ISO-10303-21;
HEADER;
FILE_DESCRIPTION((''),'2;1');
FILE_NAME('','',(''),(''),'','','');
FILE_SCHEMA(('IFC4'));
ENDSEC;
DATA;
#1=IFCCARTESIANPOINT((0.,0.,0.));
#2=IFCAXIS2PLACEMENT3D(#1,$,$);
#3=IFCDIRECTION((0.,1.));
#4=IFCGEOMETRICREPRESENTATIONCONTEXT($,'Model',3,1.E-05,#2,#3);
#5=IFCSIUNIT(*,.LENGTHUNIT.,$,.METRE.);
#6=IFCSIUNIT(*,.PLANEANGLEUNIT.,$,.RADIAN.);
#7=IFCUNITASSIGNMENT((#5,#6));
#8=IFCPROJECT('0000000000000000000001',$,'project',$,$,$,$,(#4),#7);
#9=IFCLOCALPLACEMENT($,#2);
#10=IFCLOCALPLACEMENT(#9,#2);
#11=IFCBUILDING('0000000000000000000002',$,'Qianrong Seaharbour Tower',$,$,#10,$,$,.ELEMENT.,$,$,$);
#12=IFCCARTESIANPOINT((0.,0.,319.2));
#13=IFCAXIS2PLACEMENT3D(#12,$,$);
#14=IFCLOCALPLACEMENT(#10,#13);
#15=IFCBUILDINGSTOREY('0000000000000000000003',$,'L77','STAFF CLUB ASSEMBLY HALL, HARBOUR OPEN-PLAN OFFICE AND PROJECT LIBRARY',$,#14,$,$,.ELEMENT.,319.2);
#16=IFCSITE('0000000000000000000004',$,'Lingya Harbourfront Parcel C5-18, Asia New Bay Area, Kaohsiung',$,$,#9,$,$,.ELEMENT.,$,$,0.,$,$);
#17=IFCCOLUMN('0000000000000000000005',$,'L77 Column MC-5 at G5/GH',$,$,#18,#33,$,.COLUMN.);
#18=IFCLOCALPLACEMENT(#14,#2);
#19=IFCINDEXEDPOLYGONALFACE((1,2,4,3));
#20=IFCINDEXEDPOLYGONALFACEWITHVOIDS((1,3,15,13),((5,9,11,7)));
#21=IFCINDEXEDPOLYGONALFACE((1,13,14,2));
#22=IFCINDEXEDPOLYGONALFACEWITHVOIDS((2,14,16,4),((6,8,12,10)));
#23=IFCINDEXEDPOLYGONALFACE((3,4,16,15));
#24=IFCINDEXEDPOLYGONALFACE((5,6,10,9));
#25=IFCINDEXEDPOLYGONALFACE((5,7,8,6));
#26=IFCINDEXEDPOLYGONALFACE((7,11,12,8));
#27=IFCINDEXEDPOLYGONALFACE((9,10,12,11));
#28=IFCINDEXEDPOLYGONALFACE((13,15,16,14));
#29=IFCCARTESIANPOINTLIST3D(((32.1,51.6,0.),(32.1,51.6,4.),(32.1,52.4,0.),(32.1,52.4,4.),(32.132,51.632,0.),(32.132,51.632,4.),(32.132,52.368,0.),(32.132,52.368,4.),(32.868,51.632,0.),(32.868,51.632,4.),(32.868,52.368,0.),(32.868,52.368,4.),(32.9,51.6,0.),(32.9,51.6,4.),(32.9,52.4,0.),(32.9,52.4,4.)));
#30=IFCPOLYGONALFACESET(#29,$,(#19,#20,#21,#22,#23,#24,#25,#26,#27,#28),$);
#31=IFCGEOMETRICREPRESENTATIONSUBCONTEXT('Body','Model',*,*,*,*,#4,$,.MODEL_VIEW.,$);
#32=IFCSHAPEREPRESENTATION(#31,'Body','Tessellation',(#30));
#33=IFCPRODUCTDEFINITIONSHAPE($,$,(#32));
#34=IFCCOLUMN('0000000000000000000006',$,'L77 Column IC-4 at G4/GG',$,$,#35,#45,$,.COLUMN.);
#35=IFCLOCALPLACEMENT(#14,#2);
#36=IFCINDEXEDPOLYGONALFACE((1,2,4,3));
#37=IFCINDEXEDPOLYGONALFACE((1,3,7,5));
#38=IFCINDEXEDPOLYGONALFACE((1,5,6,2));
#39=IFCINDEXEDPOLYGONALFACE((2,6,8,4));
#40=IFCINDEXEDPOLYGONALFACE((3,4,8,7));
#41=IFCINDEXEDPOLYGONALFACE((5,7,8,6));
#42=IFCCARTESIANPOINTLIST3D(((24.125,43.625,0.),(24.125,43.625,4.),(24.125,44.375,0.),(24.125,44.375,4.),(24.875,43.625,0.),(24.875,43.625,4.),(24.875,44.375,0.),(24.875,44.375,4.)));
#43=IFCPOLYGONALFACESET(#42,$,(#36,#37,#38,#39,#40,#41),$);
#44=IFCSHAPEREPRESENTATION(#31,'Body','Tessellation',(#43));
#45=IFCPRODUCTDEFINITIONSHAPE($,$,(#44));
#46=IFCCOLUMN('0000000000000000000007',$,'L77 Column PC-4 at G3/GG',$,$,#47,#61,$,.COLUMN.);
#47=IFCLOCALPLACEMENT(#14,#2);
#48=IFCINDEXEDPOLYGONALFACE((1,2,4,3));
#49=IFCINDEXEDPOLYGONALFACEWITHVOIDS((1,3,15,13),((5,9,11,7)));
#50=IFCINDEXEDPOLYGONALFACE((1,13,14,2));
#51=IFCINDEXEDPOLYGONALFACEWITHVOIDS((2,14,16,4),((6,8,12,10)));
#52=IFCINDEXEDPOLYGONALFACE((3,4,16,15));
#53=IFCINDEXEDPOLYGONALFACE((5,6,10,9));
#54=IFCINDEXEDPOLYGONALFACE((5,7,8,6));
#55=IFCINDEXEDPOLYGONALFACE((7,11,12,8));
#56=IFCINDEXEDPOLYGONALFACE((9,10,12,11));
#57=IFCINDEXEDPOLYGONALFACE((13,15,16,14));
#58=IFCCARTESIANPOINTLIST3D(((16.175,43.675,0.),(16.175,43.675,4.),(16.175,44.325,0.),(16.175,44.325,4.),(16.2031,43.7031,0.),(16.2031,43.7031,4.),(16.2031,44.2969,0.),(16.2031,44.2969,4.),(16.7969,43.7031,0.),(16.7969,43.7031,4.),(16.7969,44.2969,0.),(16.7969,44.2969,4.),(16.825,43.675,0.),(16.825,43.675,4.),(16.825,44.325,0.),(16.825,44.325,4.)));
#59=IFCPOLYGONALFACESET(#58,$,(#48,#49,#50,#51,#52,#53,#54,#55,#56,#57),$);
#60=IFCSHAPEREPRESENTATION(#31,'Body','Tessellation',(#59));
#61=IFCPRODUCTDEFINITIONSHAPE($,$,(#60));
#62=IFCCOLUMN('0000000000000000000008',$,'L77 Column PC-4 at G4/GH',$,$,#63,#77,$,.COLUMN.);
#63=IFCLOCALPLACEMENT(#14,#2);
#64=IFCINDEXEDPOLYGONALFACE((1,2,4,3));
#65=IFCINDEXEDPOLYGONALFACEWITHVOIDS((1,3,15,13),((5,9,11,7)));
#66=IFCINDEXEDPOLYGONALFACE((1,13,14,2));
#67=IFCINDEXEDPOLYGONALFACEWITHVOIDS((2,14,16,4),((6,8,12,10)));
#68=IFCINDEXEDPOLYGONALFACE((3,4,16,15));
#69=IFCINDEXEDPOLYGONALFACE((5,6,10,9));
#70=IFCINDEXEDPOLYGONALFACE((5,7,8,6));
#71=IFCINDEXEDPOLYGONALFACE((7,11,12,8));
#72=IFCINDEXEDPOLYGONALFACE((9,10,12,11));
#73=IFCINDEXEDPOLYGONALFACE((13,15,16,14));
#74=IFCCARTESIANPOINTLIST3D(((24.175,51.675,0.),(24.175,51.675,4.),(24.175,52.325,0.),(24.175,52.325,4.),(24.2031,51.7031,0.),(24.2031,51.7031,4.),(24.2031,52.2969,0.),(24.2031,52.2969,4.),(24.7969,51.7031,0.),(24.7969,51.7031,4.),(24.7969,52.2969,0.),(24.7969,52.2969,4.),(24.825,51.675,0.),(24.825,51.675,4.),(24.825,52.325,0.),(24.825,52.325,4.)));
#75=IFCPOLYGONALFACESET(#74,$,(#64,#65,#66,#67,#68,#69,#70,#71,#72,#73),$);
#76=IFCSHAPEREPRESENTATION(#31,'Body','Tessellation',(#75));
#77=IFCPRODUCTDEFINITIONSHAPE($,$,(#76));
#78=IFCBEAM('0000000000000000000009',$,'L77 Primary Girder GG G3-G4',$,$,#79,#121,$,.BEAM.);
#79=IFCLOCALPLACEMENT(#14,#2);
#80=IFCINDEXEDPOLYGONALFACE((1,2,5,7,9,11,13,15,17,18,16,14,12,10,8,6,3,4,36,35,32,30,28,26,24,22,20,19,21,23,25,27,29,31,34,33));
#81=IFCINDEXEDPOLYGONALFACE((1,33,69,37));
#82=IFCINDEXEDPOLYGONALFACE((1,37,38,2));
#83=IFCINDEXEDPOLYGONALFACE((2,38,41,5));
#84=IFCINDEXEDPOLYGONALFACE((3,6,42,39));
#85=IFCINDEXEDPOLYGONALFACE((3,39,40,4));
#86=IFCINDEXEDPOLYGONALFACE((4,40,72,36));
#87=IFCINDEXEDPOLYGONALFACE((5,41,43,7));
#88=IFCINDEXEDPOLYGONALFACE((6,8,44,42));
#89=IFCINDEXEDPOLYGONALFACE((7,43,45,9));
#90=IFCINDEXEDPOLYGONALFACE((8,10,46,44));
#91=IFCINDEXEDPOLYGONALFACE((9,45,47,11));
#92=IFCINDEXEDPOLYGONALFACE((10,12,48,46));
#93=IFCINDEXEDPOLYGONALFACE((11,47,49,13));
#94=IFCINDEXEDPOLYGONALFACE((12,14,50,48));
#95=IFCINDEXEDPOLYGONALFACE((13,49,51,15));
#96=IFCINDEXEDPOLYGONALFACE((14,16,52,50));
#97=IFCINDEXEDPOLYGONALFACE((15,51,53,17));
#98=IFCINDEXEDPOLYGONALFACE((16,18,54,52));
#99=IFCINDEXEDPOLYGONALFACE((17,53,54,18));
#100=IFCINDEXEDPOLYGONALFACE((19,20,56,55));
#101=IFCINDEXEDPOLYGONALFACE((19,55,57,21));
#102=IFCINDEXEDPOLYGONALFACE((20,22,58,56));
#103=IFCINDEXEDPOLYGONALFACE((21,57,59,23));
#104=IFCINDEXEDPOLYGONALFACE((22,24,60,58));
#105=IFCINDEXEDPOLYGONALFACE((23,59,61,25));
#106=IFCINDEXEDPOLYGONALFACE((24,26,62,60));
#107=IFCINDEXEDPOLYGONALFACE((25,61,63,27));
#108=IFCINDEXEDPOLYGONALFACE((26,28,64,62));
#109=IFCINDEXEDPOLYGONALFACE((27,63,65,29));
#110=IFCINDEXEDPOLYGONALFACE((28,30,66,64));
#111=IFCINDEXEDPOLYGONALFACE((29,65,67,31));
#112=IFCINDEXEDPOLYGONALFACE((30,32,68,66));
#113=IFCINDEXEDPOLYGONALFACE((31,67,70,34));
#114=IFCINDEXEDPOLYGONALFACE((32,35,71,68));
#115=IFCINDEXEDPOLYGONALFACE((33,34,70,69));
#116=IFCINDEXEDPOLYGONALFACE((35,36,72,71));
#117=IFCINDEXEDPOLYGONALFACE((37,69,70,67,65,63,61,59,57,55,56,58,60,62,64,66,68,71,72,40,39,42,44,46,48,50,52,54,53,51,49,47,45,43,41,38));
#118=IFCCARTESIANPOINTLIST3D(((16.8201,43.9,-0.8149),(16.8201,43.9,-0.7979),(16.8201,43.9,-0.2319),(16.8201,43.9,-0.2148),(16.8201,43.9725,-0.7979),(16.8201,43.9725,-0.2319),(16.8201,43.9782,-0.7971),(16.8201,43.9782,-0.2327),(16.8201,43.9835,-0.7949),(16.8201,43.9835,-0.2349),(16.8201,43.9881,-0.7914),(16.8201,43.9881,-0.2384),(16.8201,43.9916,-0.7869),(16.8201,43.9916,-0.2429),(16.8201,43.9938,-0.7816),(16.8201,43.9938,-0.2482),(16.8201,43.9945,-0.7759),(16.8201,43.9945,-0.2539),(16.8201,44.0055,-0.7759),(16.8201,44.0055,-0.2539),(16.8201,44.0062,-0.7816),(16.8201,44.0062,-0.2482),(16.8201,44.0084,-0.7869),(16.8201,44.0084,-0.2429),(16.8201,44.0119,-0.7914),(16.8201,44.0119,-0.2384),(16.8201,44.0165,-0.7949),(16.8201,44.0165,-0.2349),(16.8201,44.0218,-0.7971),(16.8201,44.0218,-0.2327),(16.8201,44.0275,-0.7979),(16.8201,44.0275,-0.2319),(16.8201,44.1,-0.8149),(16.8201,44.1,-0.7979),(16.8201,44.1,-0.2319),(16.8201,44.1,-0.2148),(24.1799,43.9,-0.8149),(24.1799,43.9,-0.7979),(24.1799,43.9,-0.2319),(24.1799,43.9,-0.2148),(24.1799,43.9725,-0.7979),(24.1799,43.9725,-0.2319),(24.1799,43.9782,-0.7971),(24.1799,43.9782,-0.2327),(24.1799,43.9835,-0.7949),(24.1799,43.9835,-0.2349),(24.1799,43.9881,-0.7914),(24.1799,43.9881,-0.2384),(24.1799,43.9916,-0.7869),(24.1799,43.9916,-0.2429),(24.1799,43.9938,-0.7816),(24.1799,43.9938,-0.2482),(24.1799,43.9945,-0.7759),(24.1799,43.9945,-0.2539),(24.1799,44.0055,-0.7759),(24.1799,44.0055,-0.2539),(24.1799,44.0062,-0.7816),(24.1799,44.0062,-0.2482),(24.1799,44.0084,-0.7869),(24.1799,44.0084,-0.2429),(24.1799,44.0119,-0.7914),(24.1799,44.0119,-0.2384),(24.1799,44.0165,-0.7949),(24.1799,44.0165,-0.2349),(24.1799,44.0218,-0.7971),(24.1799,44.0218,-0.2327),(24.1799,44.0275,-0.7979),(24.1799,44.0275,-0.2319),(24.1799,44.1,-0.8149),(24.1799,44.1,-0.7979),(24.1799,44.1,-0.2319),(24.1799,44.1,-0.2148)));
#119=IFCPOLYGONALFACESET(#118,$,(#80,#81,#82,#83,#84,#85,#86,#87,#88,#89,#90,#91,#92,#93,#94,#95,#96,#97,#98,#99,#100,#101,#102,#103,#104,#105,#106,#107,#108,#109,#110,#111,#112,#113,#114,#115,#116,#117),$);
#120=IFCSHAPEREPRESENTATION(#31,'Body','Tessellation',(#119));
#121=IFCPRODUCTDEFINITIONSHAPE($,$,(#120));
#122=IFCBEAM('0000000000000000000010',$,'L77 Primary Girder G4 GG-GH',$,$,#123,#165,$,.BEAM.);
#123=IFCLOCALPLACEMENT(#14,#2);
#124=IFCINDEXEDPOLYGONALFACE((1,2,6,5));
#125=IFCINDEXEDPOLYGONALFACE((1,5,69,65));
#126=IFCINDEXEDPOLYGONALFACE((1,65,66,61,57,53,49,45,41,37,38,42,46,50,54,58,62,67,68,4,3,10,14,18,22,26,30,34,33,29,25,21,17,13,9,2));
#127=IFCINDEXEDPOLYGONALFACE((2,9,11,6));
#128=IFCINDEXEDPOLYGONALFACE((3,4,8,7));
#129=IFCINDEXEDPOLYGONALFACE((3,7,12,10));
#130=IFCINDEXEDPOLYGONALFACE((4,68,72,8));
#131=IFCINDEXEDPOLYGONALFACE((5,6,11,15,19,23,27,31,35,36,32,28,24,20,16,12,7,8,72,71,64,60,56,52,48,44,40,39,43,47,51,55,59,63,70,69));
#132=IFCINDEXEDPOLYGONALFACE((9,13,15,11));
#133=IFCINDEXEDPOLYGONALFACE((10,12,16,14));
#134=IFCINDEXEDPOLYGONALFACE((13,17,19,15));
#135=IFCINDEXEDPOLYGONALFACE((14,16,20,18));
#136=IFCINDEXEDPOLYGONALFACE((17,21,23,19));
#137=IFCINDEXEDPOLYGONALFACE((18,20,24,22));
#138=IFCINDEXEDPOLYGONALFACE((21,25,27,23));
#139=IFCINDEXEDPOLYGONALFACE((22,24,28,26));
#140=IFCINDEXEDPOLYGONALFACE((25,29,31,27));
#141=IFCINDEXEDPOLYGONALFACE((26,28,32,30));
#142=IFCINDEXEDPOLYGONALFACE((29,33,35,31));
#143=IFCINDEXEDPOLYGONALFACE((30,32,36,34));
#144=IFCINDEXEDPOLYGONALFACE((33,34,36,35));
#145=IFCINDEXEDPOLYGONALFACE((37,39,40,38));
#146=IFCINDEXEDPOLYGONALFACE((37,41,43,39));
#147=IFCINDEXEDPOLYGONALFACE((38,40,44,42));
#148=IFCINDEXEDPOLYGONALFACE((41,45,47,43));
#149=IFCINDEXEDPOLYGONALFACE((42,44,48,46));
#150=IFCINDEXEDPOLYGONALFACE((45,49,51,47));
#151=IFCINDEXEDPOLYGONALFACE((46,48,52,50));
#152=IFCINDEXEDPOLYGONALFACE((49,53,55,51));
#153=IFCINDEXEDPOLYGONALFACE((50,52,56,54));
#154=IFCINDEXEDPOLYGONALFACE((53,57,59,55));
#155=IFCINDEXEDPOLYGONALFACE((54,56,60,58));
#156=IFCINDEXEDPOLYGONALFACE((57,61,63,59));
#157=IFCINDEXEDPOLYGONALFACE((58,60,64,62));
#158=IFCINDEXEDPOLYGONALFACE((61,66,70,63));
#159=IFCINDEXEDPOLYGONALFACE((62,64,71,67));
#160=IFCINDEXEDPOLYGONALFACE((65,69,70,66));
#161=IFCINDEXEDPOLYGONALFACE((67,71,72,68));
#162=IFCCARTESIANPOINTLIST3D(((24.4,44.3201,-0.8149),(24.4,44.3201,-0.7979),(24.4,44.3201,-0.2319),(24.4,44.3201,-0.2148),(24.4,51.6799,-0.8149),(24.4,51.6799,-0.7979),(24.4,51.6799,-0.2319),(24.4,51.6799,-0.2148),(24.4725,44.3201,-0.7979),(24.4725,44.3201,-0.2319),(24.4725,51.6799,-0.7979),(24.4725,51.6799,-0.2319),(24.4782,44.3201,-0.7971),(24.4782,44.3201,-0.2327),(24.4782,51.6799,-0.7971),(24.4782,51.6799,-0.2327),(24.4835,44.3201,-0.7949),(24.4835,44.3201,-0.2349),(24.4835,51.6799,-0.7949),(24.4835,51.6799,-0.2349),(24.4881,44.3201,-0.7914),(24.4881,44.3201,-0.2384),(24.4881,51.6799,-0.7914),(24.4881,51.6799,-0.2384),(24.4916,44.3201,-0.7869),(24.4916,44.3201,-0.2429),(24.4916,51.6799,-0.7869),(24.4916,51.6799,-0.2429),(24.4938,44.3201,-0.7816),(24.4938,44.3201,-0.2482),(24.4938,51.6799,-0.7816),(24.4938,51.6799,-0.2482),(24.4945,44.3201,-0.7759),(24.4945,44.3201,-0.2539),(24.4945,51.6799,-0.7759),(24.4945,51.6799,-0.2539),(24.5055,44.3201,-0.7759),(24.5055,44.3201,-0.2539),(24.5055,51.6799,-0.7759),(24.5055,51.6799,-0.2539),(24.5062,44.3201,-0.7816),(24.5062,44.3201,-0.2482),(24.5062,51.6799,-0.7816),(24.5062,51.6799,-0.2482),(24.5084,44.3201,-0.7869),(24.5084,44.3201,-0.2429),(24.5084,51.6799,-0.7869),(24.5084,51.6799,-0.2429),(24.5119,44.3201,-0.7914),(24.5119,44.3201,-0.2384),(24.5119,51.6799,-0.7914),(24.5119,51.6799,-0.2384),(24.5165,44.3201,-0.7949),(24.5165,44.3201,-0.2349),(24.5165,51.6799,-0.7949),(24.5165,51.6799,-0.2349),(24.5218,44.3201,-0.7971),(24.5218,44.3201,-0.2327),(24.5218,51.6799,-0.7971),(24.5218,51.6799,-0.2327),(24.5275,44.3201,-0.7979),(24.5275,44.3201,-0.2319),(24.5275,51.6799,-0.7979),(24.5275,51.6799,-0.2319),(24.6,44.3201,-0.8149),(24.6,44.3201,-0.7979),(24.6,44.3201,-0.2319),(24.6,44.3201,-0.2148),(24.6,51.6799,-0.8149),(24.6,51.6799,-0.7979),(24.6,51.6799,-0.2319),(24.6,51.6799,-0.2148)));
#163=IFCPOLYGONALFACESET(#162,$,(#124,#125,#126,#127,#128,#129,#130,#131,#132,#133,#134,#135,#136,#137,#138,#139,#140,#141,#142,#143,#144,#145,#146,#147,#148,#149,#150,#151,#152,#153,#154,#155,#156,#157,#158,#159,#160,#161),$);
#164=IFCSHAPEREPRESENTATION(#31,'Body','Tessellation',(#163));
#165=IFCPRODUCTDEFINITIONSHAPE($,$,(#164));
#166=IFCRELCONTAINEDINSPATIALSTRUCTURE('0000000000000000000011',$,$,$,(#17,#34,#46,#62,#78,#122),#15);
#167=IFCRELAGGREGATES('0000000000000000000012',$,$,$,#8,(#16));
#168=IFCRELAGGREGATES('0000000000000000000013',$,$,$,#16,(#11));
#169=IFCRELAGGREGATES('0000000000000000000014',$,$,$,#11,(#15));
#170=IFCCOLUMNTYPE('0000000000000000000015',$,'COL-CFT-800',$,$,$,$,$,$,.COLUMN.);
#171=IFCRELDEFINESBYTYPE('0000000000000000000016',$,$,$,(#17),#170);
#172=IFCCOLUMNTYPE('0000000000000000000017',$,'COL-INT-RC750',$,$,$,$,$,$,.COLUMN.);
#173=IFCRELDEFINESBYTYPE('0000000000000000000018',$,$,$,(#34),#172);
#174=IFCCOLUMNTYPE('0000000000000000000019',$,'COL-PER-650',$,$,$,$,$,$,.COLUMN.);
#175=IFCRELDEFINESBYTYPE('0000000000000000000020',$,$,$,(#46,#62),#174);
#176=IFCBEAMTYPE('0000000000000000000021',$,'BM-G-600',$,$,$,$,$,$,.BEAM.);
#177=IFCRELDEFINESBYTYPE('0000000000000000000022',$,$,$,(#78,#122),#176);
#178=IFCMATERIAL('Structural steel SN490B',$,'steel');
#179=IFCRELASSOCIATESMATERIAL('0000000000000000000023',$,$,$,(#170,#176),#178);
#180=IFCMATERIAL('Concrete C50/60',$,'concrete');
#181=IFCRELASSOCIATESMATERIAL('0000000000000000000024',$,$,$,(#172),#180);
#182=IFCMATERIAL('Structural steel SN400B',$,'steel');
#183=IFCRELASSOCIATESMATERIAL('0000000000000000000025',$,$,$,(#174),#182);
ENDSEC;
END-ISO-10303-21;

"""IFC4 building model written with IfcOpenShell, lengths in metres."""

from ifc_helpers import new_model, si_unit, direction, frame, origin, origin_2d, place, context, subcontext, project, spatial, rectangle, hollow_rectangle, i_section, extrude, material, material_profile, profile_set, type_object, element, save


model = new_model("IFC4")

# Units and contexts
model_context = context("Model", 3, precision=1e-05, world=origin(), true_north=direction((0.0, 1.0)))
body_context = subcontext(model_context, "Body", "Model", "MODEL_VIEW")
ifc_project = project(units=[si_unit("LENGTHUNIT", "METRE"), si_unit("PLANEANGLEUNIT", "RADIAN")], contexts=[model_context])

# Site, building, storey
site_placement = place(None, origin())
site = spatial("IfcSite", under=ifc_project, at=site_placement, Name="Lingya Harbourfront Parcel C5-18, Asia New Bay Area, Kaohsiung", CompositionType="ELEMENT", RefElevation=0.0)
building_placement = place(site_placement, origin())
building = spatial("IfcBuilding", under=site, at=building_placement, Name="Qianrong Seaharbour Tower", CompositionType="ELEMENT")
storey_placement = place(building_placement, frame((0.0, 0.0, 319.2)))
storey = spatial("IfcBuildingStorey", under=building, at=storey_placement, Name="L77", Description="STAFF CLUB ASSEMBLY HALL, HARBOUR OPEN-PLAN OFFICE AND PROJECT LIBRARY", CompositionType="ELEMENT", Elevation=319.2)

# Columns
ifc_material_1 = material(Name="Structural steel SN490B", Category="steel")
ifc_material_profile_1 = material_profile(ifc_material_1, hollow_rectangle(XDim=0.8, YDim=0.8, WallThickness=0.032, at=origin_2d()), Name="BOX800x800x32")
ifc_profile_set_1 = profile_set([ifc_material_profile_1], Name="Structural steel SN490B")
column_type_1 = type_object("IfcColumnType", Name="COL-CFT-800", PredefinedType="COLUMN", material=ifc_profile_set_1)
column_1_placement = place(storey_placement, frame((32.5, 52.0, 0.0), z_axis=(0.0, 0.0, 1.0), x_axis=(1.0, 0.0, 0.0)))
element("IfcColumn", 1, at=column_1_placement, inside=storey, type_object=column_type_1, Name="L77 Column MC-5 at G5/GH", PredefinedType="COLUMN", context=body_context, shape_type="SweptSolid", body=[
    extrude(hollow_rectangle(XDim=0.8, YDim=0.8, WallThickness=0.032, at=origin_2d()), origin(), (0.0, 0.0, 1.0), 4.0),
])
ifc_material_2 = material(Name="Concrete C50/60", Category="concrete")
ifc_material_profile_2 = material_profile(ifc_material_2, rectangle(XDim=0.75, YDim=0.75, at=origin_2d()), Name="RC750x750")
ifc_profile_set_2 = profile_set([ifc_material_profile_2], Name="Concrete C50/60")
column_type_2 = type_object("IfcColumnType", Name="COL-INT-RC750", PredefinedType="COLUMN", material=ifc_profile_set_2)
column_2_placement = place(storey_placement, frame((24.5, 44.0, 0.0), z_axis=(0.0, 0.0, 1.0), x_axis=(1.0, 0.0, 0.0)))
element("IfcColumn", 2, at=column_2_placement, inside=storey, type_object=column_type_2, Name="L77 Column IC-4 at G4/GG", PredefinedType="COLUMN", context=body_context, shape_type="SweptSolid", body=[
    extrude(rectangle(XDim=0.75, YDim=0.75, at=origin_2d()), origin(), (0.0, 0.0, 1.0), 4.0),
])
ifc_material_3 = material(Name="Structural steel SN400B", Category="steel")
ifc_material_profile_3 = material_profile(ifc_material_3, hollow_rectangle(XDim=0.6499, YDim=0.6499, WallThickness=0.0281, at=origin_2d()), Name="BOX650x650x28")
ifc_profile_set_3 = profile_set([ifc_material_profile_3], Name="Structural steel SN400B")
column_type_3 = type_object("IfcColumnType", Name="COL-PER-650", PredefinedType="COLUMN", material=ifc_profile_set_3)
for number, where, z_axis, x_axis, name in (
    (3, (16.5, 44.0, 0.0), (0.0, 0.0, 1.0), (1.0, 0.0, 0.0), "L77 Column PC-4 at G3/GG"),
    (4, (24.5, 52.0, 0.0), (0.0, 0.0, 1.0), (1.0, 0.0, 0.0), "L77 Column PC-4 at G4/GH"),
):
    element("IfcColumn", number, at=place(storey_placement, frame(where, z_axis=z_axis, x_axis=x_axis)), inside=storey, type_object=column_type_3, Name=name, PredefinedType="COLUMN", context=body_context, shape_type="SweptSolid", body=[
        extrude(hollow_rectangle(XDim=0.6499, YDim=0.6499, WallThickness=0.0281, at=origin_2d()), origin(), (0.0, 0.0, 1.0), 4.0),
    ])

# Beams
ifc_material_profile_4 = material_profile(ifc_material_1, i_section(OverallWidth=0.2, OverallDepth=0.6001, WebThickness=0.011, FlangeThickness=0.0171, FilletRadius=0.022, at=origin_2d()), Name="H600x200x11x17")
ifc_profile_set_4 = profile_set([ifc_material_profile_4], Name="Structural steel SN490B")
beam_type_1 = type_object("IfcBeamType", Name="BM-G-600", PredefinedType="BEAM", material=ifc_profile_set_4)
for number, where, z_axis, x_axis, name in (
    (5, (16.8201, 44.0, -0.5149), (1.0, 0.0, 0.0), (0.0, 1.0, 0.0), "L77 Primary Girder GG G3-G4"),
    (6, (24.5, 44.3201, -0.5149), (0.0, 1.0, 0.0), (-1.0, 0.0, 0.0), "L77 Primary Girder G4 GG-GH"),
):
    element("IfcBeam", number, at=place(storey_placement, frame(where, z_axis=z_axis, x_axis=x_axis)), inside=storey, type_object=beam_type_1, Name=name, PredefinedType="BEAM", context=body_context, shape_type="SweptSolid", body=[
        extrude(i_section(OverallWidth=0.2, OverallDepth=0.6001, WebThickness=0.011, FlangeThickness=0.0171, FilletRadius=0.022, at=origin_2d()), origin(), (0.0, 0.0, 1.0), 7.3599),
    ])

save(model, "model.ifc")
